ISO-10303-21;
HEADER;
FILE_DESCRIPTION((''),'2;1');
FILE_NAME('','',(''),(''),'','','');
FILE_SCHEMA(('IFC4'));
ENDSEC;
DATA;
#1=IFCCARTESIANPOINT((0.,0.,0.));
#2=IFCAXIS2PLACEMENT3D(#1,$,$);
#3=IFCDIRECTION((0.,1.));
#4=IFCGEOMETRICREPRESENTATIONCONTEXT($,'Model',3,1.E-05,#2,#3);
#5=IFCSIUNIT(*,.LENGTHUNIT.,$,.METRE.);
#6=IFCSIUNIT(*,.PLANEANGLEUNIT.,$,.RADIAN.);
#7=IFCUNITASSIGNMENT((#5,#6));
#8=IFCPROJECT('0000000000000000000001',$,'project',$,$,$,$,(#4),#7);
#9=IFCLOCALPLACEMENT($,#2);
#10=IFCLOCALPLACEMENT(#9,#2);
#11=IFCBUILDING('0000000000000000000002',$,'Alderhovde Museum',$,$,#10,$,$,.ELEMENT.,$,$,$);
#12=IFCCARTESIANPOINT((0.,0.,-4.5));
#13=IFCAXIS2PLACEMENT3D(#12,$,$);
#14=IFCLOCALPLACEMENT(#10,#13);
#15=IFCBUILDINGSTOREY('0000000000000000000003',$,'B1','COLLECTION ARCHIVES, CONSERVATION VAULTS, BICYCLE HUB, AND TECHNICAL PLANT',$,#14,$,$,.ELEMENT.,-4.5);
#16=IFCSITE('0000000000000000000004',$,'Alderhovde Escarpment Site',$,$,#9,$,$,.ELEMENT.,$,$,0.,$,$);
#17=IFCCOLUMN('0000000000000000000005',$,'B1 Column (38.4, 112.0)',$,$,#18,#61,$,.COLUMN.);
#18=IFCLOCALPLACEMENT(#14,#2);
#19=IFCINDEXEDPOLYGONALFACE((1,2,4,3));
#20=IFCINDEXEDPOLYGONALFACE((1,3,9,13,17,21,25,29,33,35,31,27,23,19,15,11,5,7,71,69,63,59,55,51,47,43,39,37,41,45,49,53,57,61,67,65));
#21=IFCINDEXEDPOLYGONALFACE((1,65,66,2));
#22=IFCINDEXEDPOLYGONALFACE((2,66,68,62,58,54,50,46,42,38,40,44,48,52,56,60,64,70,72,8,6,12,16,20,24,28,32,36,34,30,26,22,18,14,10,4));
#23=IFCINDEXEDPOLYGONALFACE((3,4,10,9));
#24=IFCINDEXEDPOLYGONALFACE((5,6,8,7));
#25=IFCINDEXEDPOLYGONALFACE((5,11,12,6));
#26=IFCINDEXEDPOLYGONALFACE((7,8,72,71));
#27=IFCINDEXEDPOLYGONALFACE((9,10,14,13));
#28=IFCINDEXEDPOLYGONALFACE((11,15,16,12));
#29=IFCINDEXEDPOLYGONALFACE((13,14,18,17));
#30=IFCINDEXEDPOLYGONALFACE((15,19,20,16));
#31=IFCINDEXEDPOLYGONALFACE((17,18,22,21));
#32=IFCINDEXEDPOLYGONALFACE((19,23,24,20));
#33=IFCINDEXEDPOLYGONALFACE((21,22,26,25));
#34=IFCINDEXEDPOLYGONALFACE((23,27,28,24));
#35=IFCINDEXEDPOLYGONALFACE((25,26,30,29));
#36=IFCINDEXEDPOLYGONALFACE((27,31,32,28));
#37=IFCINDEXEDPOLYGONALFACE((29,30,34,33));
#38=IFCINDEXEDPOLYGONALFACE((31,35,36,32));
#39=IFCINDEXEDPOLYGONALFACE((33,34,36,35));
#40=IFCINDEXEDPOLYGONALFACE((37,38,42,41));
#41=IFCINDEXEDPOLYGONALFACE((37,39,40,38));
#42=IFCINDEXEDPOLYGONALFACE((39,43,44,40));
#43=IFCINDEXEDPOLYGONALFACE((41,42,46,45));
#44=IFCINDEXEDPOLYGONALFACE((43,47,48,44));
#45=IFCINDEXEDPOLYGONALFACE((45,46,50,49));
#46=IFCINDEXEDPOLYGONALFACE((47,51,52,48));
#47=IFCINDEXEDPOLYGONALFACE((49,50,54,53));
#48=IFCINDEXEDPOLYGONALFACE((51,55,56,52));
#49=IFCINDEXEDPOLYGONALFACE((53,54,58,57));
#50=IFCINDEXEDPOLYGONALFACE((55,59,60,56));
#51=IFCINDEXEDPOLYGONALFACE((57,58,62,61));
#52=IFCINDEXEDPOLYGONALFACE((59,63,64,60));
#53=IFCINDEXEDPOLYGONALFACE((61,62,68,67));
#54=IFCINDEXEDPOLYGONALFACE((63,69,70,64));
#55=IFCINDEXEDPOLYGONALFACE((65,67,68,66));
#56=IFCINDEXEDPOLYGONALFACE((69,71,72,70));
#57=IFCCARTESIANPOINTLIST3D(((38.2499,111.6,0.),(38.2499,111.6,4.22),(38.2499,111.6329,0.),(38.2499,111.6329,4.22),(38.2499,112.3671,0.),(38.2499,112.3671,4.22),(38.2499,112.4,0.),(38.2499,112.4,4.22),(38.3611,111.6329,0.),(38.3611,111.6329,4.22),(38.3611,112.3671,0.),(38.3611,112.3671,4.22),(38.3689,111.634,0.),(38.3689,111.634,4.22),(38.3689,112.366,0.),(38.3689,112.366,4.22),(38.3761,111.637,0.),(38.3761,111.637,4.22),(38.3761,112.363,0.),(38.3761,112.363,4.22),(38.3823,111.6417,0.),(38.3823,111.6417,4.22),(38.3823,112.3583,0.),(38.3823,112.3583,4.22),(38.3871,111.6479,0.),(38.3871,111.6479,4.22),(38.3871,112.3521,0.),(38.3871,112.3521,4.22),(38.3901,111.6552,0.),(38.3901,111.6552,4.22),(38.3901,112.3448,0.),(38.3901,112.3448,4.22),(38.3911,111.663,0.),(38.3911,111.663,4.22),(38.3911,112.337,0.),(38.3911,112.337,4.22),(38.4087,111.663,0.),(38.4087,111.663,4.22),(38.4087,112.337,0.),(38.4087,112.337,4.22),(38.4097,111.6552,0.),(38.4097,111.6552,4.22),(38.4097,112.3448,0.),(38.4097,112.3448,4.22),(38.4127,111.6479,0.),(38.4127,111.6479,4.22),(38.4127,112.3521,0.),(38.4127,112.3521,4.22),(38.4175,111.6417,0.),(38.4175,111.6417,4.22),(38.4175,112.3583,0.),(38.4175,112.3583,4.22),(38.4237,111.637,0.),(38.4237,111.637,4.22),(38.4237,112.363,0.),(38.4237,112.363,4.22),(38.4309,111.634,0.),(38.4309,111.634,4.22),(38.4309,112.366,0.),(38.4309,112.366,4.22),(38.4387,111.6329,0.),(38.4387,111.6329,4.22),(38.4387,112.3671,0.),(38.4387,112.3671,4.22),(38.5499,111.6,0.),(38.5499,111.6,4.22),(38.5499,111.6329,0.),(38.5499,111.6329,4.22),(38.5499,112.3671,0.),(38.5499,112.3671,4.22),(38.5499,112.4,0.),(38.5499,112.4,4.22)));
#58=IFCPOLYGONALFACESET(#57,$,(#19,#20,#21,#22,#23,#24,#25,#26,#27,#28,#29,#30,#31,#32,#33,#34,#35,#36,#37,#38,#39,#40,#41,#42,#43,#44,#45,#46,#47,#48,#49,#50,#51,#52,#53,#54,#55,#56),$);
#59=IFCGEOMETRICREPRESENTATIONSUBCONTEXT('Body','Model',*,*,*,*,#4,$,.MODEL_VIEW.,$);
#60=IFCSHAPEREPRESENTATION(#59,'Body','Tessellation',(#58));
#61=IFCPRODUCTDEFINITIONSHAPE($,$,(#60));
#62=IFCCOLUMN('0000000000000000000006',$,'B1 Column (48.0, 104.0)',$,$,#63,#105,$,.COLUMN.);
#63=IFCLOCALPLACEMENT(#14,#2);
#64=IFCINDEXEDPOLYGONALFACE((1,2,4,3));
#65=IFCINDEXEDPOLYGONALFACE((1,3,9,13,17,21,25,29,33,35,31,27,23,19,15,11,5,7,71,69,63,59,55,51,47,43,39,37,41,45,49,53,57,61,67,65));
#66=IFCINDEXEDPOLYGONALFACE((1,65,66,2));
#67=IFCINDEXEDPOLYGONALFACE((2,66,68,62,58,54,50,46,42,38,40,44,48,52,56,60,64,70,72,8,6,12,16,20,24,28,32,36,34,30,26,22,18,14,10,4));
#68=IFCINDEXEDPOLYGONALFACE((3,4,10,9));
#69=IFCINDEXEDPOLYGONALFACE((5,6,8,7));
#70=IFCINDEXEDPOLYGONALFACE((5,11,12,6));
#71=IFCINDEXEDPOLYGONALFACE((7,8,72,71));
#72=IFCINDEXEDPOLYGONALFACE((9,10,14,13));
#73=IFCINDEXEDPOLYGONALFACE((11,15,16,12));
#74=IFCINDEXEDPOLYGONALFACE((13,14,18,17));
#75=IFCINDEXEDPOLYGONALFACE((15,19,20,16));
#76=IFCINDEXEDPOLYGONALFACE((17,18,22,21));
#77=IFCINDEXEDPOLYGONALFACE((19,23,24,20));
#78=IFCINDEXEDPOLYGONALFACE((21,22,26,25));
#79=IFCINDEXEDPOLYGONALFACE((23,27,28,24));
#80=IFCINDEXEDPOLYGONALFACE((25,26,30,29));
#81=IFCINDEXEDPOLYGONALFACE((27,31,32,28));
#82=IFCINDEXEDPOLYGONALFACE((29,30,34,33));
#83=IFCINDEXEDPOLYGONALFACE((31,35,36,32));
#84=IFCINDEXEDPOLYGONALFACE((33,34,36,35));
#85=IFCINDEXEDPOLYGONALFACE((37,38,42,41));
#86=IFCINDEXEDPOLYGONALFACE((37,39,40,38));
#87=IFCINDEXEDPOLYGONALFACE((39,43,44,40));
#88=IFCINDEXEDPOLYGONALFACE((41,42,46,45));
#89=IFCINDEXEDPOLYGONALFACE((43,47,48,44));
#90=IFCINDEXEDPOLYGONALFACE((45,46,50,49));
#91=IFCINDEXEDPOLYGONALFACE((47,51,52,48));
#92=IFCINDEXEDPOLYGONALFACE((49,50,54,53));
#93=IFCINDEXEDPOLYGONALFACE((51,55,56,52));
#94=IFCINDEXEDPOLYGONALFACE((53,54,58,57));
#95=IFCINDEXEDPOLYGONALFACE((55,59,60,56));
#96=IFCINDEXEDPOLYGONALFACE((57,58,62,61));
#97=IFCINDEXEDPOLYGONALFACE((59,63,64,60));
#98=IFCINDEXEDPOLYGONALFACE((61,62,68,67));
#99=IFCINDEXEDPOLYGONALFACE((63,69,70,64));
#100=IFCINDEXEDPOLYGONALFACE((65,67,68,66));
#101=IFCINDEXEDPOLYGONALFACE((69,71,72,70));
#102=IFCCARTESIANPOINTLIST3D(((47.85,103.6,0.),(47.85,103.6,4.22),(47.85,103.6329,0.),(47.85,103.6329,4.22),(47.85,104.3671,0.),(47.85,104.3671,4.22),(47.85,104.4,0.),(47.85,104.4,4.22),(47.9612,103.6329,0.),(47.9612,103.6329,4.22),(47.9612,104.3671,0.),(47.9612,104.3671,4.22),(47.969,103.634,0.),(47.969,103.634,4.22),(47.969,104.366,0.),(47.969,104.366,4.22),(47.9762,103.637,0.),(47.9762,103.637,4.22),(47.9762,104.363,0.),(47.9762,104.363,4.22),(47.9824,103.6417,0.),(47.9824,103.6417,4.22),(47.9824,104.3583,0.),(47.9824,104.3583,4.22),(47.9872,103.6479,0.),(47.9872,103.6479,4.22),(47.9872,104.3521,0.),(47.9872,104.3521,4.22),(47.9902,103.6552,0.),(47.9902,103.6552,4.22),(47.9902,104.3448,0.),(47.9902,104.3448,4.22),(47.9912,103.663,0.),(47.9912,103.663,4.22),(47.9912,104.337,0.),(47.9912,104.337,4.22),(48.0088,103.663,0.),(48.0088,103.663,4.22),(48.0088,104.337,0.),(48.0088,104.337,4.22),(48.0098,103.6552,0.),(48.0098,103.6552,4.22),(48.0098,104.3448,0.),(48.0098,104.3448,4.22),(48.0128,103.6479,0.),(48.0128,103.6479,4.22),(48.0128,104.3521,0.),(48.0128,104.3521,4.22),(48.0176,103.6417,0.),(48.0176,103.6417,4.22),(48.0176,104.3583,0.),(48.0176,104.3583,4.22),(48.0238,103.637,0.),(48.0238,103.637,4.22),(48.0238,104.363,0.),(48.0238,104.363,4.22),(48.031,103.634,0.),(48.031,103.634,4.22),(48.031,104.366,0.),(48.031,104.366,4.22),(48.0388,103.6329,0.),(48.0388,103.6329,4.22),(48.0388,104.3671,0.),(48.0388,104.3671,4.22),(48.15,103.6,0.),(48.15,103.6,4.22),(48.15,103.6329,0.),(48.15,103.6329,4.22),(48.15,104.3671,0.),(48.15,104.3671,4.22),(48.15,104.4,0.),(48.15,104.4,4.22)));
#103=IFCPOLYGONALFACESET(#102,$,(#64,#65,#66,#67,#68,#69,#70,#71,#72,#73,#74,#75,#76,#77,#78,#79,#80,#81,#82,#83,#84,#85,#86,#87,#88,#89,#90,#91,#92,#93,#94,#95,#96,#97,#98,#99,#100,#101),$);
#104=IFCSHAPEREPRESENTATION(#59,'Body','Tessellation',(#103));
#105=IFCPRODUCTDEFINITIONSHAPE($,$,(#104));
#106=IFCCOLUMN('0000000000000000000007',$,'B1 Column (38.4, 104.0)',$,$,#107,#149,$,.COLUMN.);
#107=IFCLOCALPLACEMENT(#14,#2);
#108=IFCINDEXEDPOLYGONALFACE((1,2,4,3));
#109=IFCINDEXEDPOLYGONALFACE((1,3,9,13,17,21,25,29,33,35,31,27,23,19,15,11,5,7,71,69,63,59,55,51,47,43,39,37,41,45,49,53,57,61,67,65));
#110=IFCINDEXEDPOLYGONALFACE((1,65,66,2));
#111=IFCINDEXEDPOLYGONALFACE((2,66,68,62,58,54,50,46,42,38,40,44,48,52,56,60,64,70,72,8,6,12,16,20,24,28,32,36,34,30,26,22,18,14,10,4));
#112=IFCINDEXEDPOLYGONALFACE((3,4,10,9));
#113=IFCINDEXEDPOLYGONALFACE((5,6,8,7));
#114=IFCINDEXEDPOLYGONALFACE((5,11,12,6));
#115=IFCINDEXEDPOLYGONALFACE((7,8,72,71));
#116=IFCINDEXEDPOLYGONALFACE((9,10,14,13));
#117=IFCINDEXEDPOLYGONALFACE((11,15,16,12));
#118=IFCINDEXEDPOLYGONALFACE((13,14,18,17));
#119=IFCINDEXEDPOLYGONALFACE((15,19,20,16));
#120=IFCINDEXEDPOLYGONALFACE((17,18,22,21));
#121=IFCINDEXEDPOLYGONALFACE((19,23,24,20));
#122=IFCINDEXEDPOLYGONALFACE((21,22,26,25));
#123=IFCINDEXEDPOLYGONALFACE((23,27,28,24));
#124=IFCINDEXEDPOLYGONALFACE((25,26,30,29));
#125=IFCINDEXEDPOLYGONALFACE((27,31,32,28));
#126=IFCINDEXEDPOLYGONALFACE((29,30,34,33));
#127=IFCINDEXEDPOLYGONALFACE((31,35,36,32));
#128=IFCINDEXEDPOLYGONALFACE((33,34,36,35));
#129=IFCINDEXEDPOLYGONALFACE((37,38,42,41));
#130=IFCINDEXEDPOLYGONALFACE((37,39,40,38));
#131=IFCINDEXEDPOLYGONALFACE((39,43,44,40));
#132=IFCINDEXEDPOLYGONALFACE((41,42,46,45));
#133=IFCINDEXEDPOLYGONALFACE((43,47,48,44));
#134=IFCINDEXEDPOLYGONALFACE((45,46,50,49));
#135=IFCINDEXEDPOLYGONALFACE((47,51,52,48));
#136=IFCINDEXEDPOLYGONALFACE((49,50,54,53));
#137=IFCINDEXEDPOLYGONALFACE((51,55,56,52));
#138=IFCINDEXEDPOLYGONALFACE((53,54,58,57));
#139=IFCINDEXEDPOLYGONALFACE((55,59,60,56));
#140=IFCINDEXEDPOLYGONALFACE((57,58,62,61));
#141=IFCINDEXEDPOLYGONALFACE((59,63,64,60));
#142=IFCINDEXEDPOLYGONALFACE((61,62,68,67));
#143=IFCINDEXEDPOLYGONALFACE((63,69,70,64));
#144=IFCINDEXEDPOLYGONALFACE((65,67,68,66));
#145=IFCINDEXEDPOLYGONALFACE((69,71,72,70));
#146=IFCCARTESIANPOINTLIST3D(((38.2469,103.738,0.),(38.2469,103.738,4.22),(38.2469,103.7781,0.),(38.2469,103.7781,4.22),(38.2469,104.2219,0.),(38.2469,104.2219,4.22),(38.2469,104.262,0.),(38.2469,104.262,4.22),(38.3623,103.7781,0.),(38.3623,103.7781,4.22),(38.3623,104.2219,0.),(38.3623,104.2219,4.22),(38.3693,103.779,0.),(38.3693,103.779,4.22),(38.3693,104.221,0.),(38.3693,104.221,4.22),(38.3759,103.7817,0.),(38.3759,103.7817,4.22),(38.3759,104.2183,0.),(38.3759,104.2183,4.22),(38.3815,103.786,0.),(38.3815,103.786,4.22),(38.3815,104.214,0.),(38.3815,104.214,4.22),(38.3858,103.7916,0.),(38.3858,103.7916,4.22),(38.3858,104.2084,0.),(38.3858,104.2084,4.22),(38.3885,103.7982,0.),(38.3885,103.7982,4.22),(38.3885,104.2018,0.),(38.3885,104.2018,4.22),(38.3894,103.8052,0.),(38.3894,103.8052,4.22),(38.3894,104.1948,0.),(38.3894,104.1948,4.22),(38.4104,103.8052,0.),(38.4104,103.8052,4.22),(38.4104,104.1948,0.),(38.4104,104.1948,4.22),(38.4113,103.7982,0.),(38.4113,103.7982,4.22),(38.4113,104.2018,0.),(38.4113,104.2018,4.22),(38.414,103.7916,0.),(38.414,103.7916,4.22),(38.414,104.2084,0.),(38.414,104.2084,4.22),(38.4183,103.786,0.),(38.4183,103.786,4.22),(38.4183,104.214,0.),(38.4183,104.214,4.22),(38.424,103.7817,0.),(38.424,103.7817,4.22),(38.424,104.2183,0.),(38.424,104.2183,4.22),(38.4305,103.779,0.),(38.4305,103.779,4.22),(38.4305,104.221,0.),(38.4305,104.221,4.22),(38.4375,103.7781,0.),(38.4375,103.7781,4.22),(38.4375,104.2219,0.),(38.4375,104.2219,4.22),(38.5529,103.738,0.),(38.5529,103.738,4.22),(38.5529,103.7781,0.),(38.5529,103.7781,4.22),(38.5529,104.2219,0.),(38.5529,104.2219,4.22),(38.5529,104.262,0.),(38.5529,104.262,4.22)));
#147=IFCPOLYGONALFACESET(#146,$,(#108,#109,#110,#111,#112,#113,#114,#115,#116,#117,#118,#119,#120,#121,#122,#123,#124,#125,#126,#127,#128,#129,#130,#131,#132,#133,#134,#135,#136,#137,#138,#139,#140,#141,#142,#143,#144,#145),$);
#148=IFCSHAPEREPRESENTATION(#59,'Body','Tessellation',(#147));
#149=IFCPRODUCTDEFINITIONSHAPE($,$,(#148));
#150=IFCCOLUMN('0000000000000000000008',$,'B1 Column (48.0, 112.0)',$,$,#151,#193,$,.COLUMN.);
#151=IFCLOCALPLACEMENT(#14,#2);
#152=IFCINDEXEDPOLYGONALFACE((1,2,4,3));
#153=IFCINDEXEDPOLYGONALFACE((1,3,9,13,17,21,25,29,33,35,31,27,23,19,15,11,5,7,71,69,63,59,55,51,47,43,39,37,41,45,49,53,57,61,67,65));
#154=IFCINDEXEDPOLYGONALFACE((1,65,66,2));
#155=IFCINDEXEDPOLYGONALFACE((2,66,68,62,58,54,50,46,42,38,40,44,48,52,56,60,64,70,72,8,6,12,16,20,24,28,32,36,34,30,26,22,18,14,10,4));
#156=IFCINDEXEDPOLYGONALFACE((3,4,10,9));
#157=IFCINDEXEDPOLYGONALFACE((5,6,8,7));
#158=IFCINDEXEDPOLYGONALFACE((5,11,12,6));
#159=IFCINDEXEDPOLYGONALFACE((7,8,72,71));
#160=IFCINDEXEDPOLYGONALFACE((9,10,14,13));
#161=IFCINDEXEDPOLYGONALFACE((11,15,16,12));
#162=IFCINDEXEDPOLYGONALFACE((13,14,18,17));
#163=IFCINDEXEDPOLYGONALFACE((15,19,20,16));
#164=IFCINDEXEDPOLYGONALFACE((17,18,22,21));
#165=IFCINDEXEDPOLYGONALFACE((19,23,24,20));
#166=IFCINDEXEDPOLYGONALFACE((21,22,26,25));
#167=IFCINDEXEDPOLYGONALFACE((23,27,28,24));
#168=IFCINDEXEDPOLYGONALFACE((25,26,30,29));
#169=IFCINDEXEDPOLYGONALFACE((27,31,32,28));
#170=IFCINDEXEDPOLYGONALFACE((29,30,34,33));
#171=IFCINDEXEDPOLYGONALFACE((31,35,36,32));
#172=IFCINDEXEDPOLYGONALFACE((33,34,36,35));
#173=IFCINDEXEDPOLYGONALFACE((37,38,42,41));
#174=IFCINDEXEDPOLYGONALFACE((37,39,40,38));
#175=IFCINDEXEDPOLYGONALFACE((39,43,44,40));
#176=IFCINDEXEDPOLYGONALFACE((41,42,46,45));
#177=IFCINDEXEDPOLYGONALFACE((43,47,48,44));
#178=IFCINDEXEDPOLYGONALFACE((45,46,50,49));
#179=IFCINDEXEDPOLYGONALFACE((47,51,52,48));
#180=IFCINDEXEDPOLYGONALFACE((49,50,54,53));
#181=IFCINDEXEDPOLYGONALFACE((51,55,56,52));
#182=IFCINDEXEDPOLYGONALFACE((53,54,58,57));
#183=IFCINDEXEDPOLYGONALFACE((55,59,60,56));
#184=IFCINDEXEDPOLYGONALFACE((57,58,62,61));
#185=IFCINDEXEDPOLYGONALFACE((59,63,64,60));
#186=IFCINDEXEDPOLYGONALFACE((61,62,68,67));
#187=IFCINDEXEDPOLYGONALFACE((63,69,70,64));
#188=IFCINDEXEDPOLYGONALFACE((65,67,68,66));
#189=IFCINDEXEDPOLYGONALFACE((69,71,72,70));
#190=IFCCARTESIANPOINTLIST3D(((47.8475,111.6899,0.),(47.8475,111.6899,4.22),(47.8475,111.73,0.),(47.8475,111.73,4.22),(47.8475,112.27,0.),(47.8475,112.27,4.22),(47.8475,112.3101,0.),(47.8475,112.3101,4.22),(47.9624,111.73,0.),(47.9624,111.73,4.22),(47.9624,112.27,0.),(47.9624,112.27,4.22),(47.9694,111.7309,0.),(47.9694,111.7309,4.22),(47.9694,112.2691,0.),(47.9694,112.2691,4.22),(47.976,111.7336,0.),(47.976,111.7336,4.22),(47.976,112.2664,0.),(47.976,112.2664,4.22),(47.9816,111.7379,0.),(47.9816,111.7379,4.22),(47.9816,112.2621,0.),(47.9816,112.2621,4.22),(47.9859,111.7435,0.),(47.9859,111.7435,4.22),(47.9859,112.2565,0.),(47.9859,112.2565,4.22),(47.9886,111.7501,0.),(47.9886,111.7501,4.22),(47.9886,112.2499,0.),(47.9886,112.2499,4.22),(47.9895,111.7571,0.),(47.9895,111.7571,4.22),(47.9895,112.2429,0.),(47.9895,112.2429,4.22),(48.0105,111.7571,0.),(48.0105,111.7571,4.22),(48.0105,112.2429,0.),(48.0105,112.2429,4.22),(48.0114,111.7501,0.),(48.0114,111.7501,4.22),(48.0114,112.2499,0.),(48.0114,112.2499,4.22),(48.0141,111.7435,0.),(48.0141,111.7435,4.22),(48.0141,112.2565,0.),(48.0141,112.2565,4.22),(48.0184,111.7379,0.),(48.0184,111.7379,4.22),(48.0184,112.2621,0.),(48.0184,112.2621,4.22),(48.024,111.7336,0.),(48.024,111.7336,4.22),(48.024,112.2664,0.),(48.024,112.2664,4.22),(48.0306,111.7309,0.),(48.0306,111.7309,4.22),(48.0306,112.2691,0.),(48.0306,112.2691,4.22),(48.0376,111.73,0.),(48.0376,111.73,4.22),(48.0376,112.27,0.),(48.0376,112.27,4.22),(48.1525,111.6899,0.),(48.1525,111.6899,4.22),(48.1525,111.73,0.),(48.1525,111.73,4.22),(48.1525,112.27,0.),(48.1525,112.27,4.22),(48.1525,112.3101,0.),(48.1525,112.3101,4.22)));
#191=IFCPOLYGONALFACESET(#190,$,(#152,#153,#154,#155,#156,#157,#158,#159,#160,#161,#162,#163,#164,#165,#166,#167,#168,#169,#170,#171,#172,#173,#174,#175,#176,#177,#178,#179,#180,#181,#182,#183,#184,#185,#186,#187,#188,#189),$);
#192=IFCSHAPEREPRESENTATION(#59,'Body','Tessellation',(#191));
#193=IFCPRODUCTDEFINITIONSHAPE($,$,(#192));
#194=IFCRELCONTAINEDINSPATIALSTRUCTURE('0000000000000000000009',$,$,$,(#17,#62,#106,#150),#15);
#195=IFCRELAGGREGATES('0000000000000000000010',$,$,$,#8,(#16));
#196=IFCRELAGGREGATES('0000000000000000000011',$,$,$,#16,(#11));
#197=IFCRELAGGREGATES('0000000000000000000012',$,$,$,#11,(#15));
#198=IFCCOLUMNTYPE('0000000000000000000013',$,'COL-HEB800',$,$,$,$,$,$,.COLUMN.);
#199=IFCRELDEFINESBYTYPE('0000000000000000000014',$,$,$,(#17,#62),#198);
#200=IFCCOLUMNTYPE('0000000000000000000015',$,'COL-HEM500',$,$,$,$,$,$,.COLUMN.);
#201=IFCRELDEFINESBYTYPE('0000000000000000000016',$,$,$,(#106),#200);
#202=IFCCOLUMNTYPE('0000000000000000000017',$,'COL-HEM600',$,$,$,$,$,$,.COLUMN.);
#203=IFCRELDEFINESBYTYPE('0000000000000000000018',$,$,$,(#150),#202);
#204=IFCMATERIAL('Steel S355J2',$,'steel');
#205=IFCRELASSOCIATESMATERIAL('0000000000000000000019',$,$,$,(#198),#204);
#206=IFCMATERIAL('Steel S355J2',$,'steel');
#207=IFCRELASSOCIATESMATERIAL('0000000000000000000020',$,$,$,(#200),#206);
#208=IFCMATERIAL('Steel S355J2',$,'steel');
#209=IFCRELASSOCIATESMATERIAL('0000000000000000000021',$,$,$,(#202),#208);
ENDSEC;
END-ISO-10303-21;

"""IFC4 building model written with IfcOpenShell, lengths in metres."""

from ifc_helpers import new_model, si_unit, direction, frame, origin, origin_2d, place, context, subcontext, project, spatial, i_section, extrude, material, material_profile, profile_set, type_object, element, save


model = new_model("IFC4")

# Units and contexts
model_context = context("Model", 3, precision=1e-05, world=origin(), true_north=direction((0.0, 1.0)))
body_context = subcontext(model_context, "Body", "Model", "MODEL_VIEW")
ifc_project = project(units=[si_unit("LENGTHUNIT", "METRE"), si_unit("PLANEANGLEUNIT", "RADIAN")], contexts=[model_context])

# Site, building, storey
site_placement = place(None, origin())
site = spatial("IfcSite", under=ifc_project, at=site_placement, Name="Alderhovde Escarpment Site", CompositionType="ELEMENT", RefElevation=0.0)
building_placement = place(site_placement, origin())
building = spatial("IfcBuilding", under=site, at=building_placement, Name="Alderhovde Museum", CompositionType="ELEMENT")
storey_placement = place(building_placement, frame((0.0, 0.0, -4.5)))
storey = spatial("IfcBuildingStorey", under=building, at=storey_placement, Name="B1", Description="COLLECTION ARCHIVES, CONSERVATION VAULTS, BICYCLE HUB, AND TECHNICAL PLANT", CompositionType="ELEMENT", Elevation=-4.5)

# Columns
ifc_material_1 = material(Name="Steel S355J2", Category="steel")
ifc_material_profile_1 = material_profile(ifc_material_1, i_section(OverallWidth=0.3, OverallDepth=0.8, WebThickness=0.0176, FlangeThickness=0.033, FilletRadius=0.03, at=origin_2d()), Name="HEB 800")
ifc_profile_set_1 = profile_set([ifc_material_profile_1], Name="Steel S355J2")
column_type_1 = type_object("IfcColumnType", Name="COL-HEB800", PredefinedType="COLUMN", material=ifc_profile_set_1)
for number, where, z_axis, x_axis, name in (
    (1, (38.3999, 112.0, 0.0), (0.0, 0.0, 1.0), (1.0, 0.0, 0.0), "B1 Column (38.4, 112.0)"),
    (2, (48.0, 104.0, 0.0), (0.0, 0.0, 1.0), (1.0, 0.0, 0.0), "B1 Column (48.0, 104.0)"),
):
    element("IfcColumn", number, at=place(storey_placement, frame(where, z_axis=z_axis, x_axis=x_axis)), inside=storey, type_object=column_type_1, Name=name, PredefinedType="COLUMN", context=body_context, shape_type="SweptSolid", body=[
        extrude(i_section(OverallWidth=0.3, OverallDepth=0.8, WebThickness=0.0176, FlangeThickness=0.033, FilletRadius=0.03, at=origin_2d()), origin(), (0.0, 0.0, 1.0), 4.22),
    ])
ifc_material_2 = material(Name="Steel S355J2", Category="steel")
ifc_material_profile_2 = material_profile(ifc_material_2, i_section(OverallWidth=0.3059, OverallDepth=0.5239, WebThickness=0.021, FlangeThickness=0.04, FilletRadius=0.0271, at=origin_2d()), Name="HEM 500")
ifc_profile_set_2 = profile_set([ifc_material_profile_2], Name="Steel S355J2")
column_type_2 = type_object("IfcColumnType", Name="COL-HEM500", PredefinedType="COLUMN", material=ifc_profile_set_2)
column_1_placement = place(storey_placement, frame((38.3999, 104.0, 0.0), z_axis=(0.0, 0.0, 1.0), x_axis=(1.0, 0.0, 0.0)))
element("IfcColumn", 3, at=column_1_placement, inside=storey, type_object=column_type_2, Name="B1 Column (38.4, 104.0)", PredefinedType="COLUMN", context=body_context, shape_type="SweptSolid", body=[
    extrude(i_section(OverallWidth=0.3059, OverallDepth=0.5239, WebThickness=0.021, FlangeThickness=0.04, FilletRadius=0.0271, at=origin_2d()), origin(), (0.0, 0.0, 1.0), 4.22),
])
ifc_material_3 = material(Name="Steel S355J2", Category="steel")
ifc_material_profile_3 = material_profile(ifc_material_3, i_section(OverallWidth=0.3049, OverallDepth=0.6201, WebThickness=0.021, FlangeThickness=0.04, FilletRadius=0.0271, at=origin_2d()), Name="HEM 600")
ifc_profile_set_3 = profile_set([ifc_material_profile_3], Name="Steel S355J2")
column_type_3 = type_object("IfcColumnType", Name="COL-HEM600", PredefinedType="COLUMN", material=ifc_profile_set_3)
column_2_placement = place(storey_placement, frame((48.0, 112.0, 0.0), z_axis=(0.0, 0.0, 1.0), x_axis=(1.0, 0.0, 0.0)))
element("IfcColumn", 4, at=column_2_placement, inside=storey, type_object=column_type_3, Name="B1 Column (48.0, 112.0)", PredefinedType="COLUMN", context=body_context, shape_type="SweptSolid", body=[
    extrude(i_section(OverallWidth=0.3049, OverallDepth=0.6201, WebThickness=0.021, FlangeThickness=0.04, FilletRadius=0.0271, at=origin_2d()), origin(), (0.0, 0.0, 1.0), 4.22),
])

save(model, "model.ifc")
